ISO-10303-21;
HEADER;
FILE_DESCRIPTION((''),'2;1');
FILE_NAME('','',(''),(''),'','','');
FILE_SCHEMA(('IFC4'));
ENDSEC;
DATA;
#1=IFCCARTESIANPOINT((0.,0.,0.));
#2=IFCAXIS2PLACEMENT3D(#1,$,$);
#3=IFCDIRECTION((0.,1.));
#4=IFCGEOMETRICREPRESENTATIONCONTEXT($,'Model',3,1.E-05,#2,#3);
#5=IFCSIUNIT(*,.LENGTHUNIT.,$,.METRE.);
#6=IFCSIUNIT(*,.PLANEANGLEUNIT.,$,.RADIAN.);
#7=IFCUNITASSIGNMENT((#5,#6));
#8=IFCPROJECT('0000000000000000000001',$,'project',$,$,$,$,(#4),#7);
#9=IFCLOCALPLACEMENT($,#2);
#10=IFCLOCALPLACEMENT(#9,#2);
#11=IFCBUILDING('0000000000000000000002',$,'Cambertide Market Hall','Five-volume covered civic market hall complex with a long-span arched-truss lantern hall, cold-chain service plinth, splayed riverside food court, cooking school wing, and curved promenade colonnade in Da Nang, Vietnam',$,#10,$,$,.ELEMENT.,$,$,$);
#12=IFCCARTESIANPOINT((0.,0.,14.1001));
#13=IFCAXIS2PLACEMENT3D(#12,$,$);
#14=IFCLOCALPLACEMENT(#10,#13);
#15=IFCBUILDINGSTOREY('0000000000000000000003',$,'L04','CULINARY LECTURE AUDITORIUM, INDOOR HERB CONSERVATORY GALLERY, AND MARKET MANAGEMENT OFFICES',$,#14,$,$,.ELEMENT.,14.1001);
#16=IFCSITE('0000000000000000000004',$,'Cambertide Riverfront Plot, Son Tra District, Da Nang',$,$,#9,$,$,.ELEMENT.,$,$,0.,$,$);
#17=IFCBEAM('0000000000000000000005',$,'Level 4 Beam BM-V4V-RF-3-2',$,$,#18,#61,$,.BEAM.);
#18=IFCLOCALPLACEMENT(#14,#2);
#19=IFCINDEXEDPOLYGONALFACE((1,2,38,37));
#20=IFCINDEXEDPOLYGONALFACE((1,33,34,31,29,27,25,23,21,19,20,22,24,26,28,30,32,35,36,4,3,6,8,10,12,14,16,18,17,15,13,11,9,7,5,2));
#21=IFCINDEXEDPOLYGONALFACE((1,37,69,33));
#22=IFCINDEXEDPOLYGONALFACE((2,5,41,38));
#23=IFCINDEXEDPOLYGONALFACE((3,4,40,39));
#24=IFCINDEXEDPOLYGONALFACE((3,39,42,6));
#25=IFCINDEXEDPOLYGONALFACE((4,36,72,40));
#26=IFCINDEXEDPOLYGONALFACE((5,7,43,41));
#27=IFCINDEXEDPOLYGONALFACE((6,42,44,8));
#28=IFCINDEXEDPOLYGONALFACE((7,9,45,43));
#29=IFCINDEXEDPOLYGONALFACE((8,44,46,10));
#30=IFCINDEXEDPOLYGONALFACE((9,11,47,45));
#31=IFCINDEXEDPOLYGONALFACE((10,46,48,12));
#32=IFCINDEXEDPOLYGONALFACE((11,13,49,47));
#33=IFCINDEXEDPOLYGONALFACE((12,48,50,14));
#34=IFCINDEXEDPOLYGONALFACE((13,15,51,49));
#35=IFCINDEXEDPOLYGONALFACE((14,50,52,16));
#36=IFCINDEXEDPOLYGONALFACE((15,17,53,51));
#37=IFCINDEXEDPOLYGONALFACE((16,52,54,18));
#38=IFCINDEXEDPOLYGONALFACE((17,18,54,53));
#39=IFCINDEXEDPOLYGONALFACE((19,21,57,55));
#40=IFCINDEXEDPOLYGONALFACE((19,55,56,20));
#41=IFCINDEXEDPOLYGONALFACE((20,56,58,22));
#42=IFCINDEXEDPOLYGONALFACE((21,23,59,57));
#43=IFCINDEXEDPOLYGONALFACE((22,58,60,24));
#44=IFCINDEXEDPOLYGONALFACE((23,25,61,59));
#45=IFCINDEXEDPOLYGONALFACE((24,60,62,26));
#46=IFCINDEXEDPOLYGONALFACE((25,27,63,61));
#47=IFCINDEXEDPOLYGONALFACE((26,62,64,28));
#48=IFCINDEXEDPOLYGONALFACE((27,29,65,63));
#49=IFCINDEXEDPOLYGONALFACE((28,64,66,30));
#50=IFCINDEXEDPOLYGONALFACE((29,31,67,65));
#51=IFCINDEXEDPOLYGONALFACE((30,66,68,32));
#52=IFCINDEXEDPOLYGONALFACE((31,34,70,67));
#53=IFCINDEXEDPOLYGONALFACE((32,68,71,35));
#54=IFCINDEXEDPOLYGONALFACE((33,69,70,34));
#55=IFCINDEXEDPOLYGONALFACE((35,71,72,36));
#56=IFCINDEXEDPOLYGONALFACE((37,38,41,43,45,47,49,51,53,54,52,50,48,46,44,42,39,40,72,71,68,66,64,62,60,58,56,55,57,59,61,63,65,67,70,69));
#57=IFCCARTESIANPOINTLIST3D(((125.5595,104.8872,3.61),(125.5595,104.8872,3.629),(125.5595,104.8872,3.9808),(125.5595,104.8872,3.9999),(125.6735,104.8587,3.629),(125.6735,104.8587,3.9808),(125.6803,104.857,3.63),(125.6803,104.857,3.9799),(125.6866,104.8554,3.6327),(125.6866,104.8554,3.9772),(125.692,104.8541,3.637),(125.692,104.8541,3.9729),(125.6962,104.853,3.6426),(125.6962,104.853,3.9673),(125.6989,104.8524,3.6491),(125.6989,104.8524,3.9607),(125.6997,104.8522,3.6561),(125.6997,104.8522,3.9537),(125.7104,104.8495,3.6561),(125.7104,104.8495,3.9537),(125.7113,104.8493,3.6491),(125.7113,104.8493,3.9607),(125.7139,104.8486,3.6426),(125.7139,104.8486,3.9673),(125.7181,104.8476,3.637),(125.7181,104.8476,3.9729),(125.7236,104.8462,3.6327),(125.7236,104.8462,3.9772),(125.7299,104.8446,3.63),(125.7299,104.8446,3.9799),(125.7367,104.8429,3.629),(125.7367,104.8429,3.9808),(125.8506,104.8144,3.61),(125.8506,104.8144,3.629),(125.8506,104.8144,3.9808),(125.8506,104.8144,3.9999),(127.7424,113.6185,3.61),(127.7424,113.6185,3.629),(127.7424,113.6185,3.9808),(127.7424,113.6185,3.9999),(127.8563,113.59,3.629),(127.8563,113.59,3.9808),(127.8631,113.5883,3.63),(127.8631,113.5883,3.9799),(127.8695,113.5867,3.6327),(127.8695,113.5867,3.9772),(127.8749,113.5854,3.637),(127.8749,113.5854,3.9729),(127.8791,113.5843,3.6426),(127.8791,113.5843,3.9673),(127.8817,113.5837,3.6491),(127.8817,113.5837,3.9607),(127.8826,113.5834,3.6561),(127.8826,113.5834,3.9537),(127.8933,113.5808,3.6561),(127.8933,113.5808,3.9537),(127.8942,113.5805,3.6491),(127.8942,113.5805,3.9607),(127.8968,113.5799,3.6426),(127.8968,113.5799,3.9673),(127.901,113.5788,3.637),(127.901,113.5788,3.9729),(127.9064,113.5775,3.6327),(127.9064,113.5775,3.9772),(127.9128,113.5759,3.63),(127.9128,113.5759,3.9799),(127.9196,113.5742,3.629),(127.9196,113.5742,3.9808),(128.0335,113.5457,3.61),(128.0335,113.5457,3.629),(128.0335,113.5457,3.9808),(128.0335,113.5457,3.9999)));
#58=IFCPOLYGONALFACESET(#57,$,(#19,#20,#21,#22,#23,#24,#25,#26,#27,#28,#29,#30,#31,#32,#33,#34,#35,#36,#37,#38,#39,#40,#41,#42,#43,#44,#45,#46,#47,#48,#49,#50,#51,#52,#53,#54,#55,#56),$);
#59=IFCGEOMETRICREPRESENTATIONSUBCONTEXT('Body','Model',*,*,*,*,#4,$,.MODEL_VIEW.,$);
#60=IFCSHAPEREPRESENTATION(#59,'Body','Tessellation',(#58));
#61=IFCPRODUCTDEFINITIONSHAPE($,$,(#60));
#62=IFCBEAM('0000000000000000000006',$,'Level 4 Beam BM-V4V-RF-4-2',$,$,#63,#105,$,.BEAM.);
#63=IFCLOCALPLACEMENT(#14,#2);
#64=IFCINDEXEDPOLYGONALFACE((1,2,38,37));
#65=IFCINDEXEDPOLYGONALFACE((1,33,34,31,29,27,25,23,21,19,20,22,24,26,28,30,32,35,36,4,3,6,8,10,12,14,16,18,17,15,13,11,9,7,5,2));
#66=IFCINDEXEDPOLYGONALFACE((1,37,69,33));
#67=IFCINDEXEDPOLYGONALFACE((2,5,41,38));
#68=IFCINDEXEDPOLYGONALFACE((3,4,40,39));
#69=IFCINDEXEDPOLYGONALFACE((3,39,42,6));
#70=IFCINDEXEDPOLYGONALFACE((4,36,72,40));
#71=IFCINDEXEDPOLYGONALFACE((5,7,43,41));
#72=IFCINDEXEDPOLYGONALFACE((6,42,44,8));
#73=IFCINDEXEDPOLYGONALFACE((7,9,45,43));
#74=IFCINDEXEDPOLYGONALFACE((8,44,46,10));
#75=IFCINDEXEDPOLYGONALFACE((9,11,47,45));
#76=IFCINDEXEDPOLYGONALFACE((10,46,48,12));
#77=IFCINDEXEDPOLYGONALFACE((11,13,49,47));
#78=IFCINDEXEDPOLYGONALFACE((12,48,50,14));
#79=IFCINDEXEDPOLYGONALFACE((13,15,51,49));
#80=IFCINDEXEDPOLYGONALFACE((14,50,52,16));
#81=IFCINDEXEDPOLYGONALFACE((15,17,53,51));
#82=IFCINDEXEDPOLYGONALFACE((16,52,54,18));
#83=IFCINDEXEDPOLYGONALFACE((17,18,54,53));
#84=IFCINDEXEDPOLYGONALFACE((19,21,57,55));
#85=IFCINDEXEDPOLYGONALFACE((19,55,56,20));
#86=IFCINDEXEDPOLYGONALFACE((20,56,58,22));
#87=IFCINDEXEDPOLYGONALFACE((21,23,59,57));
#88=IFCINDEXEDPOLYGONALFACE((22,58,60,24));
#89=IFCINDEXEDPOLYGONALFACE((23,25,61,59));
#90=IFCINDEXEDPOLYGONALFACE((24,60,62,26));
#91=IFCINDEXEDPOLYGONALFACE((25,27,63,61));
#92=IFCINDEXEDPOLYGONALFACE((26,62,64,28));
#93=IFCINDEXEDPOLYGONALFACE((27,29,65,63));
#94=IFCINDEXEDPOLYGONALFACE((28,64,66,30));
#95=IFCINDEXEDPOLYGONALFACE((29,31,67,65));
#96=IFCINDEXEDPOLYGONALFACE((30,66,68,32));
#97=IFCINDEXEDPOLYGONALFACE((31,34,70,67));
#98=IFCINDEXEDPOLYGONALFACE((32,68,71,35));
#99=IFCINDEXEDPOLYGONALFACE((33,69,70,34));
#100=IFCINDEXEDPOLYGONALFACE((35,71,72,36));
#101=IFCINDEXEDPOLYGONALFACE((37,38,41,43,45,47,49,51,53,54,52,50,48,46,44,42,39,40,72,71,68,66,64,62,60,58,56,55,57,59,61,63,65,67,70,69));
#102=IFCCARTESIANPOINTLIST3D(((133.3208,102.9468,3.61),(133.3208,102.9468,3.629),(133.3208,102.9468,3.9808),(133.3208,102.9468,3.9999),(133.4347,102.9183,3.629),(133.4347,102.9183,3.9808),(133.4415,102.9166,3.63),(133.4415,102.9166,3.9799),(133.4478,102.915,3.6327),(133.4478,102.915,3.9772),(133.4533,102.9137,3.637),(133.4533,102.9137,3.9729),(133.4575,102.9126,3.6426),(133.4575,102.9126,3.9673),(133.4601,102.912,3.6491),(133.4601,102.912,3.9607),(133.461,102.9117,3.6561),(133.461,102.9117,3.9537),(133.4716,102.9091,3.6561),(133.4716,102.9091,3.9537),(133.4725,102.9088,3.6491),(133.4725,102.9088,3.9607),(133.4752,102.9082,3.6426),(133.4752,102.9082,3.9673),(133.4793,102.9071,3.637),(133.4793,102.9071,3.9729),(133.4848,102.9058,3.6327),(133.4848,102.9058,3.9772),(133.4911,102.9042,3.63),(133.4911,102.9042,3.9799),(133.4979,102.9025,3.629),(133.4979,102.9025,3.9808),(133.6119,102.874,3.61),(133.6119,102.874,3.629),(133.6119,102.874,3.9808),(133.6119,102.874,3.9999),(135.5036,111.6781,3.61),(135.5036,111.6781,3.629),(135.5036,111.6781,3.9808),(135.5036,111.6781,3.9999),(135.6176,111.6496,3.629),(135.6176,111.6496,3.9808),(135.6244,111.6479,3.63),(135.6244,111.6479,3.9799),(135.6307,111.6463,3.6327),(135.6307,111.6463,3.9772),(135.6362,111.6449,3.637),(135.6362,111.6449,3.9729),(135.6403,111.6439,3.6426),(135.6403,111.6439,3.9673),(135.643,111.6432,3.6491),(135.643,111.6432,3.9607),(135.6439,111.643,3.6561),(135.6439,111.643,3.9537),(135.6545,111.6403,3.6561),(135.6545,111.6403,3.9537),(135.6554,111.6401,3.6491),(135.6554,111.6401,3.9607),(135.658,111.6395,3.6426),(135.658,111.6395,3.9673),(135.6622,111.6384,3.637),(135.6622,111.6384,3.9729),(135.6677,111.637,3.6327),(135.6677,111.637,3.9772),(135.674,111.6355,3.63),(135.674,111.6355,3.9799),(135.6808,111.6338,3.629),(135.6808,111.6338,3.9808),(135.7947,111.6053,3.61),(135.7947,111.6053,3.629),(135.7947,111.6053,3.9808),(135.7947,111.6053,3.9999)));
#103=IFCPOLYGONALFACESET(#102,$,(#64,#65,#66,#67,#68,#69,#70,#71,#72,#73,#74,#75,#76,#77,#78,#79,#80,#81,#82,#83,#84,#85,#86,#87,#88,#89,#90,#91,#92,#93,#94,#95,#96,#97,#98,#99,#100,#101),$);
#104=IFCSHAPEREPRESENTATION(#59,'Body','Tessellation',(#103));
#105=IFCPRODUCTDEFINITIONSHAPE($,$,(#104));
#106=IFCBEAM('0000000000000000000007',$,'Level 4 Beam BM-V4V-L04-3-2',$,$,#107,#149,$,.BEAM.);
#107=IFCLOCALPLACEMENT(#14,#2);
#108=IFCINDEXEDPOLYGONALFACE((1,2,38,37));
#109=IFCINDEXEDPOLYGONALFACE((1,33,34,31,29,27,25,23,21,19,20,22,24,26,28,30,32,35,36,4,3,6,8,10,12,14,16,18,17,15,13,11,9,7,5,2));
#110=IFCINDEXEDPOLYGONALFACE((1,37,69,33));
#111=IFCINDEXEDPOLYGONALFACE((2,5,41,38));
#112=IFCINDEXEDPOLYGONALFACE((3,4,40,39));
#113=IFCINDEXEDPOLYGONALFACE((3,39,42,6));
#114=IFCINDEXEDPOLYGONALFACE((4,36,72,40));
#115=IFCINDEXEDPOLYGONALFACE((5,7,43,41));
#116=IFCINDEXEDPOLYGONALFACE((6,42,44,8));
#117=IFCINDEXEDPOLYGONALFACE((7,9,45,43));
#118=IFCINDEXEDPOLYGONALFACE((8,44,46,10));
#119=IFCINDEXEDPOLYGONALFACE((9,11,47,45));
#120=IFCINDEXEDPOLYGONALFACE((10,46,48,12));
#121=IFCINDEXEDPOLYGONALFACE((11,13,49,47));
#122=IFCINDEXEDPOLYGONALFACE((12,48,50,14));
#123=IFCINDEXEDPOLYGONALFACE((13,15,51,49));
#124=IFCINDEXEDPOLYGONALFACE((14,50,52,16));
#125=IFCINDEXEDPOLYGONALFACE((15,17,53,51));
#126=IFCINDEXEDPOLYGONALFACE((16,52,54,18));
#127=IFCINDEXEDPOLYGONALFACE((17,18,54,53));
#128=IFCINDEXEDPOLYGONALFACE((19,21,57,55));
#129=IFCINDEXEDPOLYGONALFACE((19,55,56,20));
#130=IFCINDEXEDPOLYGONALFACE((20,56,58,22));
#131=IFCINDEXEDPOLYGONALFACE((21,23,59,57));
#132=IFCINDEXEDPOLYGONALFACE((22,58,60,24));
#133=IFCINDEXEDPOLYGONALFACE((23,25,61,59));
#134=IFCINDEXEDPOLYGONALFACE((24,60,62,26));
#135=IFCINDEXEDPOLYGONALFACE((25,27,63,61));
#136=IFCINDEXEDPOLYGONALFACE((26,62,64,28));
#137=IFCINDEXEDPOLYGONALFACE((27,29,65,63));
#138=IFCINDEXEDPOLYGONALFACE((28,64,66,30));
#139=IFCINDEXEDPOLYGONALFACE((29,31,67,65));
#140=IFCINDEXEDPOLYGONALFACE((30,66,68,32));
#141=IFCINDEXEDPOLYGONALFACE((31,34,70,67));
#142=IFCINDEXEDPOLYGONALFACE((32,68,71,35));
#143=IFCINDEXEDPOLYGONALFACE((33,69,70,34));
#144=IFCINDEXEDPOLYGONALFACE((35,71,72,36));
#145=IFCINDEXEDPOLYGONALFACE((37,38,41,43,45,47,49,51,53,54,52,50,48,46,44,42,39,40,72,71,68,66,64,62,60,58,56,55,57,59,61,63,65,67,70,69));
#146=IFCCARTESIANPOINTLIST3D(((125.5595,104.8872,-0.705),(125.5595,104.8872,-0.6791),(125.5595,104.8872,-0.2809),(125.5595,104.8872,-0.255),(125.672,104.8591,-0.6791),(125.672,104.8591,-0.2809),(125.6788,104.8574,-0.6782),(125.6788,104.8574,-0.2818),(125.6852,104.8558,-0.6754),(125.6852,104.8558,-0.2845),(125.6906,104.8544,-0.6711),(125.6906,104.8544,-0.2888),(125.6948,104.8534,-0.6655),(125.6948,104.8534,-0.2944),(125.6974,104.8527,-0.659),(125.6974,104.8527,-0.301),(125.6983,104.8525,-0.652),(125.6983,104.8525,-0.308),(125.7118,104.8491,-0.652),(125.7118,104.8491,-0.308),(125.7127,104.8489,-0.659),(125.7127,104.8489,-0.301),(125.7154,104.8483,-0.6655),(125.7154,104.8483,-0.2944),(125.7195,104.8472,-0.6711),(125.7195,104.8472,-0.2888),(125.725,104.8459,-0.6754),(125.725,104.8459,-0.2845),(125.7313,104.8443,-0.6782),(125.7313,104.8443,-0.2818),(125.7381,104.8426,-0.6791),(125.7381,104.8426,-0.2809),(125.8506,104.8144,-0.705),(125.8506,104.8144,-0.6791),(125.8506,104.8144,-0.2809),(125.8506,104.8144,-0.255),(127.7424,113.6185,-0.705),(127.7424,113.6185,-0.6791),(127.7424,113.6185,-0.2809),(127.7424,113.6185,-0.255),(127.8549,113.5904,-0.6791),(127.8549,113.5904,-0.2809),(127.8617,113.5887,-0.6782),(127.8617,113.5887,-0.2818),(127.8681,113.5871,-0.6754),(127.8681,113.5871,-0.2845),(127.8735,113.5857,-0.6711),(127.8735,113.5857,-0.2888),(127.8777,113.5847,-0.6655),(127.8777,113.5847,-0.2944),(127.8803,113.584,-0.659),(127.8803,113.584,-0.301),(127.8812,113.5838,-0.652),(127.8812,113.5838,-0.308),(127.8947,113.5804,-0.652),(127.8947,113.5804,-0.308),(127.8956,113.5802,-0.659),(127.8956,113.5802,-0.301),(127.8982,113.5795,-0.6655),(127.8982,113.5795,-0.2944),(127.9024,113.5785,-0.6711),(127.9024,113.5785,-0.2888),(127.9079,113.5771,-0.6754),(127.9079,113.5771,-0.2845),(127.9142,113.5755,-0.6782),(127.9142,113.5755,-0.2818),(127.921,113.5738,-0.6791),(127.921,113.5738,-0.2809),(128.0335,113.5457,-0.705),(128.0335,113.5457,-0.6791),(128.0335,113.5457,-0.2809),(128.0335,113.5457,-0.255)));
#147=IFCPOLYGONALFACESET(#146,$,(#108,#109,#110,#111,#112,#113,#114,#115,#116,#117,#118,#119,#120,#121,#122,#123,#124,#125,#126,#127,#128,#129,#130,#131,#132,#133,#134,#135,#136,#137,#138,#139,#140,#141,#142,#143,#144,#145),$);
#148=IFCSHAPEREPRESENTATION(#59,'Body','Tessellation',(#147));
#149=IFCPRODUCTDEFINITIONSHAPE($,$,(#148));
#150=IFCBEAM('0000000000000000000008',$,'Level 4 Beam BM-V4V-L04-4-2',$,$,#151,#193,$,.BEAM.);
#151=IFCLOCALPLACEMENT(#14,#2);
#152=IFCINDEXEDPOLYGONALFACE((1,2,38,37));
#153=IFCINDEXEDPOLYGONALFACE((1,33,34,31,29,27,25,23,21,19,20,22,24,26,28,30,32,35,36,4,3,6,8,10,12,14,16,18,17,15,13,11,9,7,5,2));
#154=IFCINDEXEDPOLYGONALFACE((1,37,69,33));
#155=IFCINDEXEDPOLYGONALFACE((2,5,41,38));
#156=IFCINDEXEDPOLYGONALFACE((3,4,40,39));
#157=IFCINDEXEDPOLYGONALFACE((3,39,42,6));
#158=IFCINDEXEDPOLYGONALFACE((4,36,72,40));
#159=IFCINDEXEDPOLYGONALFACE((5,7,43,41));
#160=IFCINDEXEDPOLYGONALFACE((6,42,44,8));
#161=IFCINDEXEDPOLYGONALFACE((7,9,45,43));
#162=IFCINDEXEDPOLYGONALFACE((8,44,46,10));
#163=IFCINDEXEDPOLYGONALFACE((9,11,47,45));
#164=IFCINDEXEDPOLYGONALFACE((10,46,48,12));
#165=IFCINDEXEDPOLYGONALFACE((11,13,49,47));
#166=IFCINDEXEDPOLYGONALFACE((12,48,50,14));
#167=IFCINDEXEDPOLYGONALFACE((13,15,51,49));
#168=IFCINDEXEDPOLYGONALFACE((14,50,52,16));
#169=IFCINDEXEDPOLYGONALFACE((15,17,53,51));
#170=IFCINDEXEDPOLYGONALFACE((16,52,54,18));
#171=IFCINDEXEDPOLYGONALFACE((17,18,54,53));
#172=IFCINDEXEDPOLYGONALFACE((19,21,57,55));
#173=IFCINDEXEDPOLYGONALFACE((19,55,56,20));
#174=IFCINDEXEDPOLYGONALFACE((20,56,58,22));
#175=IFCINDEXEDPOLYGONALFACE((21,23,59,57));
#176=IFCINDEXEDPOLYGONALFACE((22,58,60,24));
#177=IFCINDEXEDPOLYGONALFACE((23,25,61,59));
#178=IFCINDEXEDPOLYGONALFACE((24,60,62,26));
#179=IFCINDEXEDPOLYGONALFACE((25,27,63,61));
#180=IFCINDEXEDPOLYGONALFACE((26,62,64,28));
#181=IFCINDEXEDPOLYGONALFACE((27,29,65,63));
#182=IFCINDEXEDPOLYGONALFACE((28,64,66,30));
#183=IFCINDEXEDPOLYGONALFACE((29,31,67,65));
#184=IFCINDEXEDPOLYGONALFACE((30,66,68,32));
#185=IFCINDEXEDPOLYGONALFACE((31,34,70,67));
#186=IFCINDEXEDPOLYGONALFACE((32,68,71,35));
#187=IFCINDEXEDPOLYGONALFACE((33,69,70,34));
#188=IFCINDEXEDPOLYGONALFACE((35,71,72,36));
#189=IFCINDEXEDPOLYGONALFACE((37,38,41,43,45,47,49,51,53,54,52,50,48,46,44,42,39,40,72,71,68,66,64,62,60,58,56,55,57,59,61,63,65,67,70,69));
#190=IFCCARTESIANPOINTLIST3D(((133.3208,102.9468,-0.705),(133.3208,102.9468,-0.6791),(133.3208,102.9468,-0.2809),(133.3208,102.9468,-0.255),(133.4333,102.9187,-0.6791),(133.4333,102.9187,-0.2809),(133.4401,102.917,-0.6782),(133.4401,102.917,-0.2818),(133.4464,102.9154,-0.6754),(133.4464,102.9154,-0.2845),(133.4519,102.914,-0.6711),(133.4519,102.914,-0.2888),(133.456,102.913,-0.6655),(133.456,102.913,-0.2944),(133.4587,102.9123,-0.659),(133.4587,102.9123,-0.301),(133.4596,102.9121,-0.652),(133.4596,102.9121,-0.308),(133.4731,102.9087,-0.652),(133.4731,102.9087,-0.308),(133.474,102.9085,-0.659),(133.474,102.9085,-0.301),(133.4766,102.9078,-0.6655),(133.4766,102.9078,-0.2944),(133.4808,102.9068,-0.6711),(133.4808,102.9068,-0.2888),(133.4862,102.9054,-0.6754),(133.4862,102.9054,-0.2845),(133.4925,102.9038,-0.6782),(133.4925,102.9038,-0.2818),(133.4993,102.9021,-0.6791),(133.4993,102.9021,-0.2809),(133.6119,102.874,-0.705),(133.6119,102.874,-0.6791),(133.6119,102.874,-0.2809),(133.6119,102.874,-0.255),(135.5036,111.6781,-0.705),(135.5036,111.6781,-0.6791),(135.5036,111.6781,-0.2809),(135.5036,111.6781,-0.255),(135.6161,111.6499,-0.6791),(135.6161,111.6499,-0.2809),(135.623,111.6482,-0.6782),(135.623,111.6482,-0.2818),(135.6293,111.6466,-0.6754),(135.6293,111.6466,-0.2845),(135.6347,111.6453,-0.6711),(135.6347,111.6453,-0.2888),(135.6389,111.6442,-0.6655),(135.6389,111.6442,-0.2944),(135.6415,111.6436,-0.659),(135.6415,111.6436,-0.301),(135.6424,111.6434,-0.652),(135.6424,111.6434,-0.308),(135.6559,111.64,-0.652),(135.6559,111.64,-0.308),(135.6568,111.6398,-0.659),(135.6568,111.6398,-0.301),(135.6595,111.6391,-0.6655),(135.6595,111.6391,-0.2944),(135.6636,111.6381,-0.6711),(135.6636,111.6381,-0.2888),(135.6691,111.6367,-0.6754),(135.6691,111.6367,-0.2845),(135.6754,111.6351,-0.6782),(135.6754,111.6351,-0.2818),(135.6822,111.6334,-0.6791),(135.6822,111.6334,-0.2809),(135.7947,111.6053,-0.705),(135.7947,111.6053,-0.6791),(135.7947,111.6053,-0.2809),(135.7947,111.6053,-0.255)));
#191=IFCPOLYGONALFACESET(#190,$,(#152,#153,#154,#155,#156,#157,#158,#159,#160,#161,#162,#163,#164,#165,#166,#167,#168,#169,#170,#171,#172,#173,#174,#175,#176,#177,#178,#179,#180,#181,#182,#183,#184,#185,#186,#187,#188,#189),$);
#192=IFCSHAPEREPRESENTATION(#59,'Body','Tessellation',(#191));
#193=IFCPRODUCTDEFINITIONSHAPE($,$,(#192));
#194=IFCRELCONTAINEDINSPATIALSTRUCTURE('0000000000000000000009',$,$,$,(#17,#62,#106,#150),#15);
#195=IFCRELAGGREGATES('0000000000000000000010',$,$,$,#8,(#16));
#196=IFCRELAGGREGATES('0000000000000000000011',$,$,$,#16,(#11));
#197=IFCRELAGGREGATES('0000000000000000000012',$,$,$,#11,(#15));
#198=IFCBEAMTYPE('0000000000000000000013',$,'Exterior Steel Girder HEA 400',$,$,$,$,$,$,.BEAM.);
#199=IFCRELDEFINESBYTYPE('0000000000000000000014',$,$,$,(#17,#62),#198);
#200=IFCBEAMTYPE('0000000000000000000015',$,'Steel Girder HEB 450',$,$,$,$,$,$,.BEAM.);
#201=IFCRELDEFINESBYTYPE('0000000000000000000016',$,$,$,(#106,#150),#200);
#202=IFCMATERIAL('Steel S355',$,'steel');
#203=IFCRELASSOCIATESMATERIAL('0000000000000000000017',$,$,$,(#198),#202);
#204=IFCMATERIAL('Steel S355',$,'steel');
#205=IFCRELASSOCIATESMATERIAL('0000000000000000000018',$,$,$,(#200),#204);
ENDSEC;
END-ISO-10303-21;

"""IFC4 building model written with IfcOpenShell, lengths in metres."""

from ifc_helpers import new_model, si_unit, direction, frame, origin, origin_2d, place, context, subcontext, project, spatial, i_section, extrude, material, material_profile, profile_set, type_object, element, save


model = new_model("IFC4")

# Units and contexts
model_context = context("Model", 3, precision=1e-05, world=origin(), true_north=direction((0.0, 1.0)))
body_context = subcontext(model_context, "Body", "Model", "MODEL_VIEW")
ifc_project = project(units=[si_unit("LENGTHUNIT", "METRE"), si_unit("PLANEANGLEUNIT", "RADIAN")], contexts=[model_context])

# Site, building, storey
site_placement = place(None, origin())
site = spatial("IfcSite", under=ifc_project, at=site_placement, Name="Cambertide Riverfront Plot, Son Tra District, Da Nang", CompositionType="ELEMENT", RefElevation=0.0)
building_placement = place(site_placement, origin())
building = spatial("IfcBuilding", under=site, at=building_placement, Name="Cambertide Market Hall", Description="Five-volume covered civic market hall complex with a long-span arched-truss lantern hall, cold-chain service plinth, splayed riverside food court, cooking school wing, and curved promenade colonnade in Da Nang, Vietnam", CompositionType="ELEMENT")
storey_placement = place(building_placement, frame((0.0, 0.0, 14.1001)))
storey = spatial("IfcBuildingStorey", under=building, at=storey_placement, Name="L04", Description="CULINARY LECTURE AUDITORIUM, INDOOR HERB CONSERVATORY GALLERY, AND MARKET MANAGEMENT OFFICES", CompositionType="ELEMENT", Elevation=14.1001)

# Beams
ifc_material_1 = material(Name="Steel S355", Category="steel")
ifc_material_profile_1 = material_profile(ifc_material_1, i_section(OverallWidth=0.3, OverallDepth=0.3899, WebThickness=0.011, FlangeThickness=0.019, FilletRadius=0.0271, at=origin_2d()), Name="HEA 400")
ifc_profile_set_1 = profile_set([ifc_material_profile_1], Name="Steel S355")
beam_type_1 = type_object("IfcBeamType", Name="Exterior Steel Girder HEA 400", PredefinedType="BEAM", material=ifc_profile_set_1)
for number, where, z_axis, x_axis, name in (
    (1, (125.7051, 104.8508, 3.8049), (0.242542, 0.970141, 0.0), (-0.970141, 0.242542, 0.0), "Level 4 Beam BM-V4V-RF-3-2"),
    (2, (133.4663, 102.9104, 3.8049), (0.242542, 0.970141, 0.0), (-0.970141, 0.242542, 0.0), "Level 4 Beam BM-V4V-RF-4-2"),
):
    element("IfcBeam", number, at=place(storey_placement, frame(where, z_axis=z_axis, x_axis=x_axis)), inside=storey, type_object=beam_type_1, Name=name, PredefinedType="BEAM", context=body_context, shape_type="SweptSolid", body=[
        extrude(i_section(OverallWidth=0.3, OverallDepth=0.3899, WebThickness=0.011, FlangeThickness=0.019, FilletRadius=0.0271, at=origin_2d()), origin(), (0.0, 0.0, 1.0), 9.0),
    ])
ifc_material_2 = material(Name="Steel S355", Category="steel")
ifc_material_profile_2 = material_profile(ifc_material_2, i_section(OverallWidth=0.3, OverallDepth=0.45, WebThickness=0.0139, FlangeThickness=0.0259, FilletRadius=0.0271, at=origin_2d()), Name="HEB 450")
ifc_profile_set_2 = profile_set([ifc_material_profile_2], Name="Steel S355")
beam_type_2 = type_object("IfcBeamType", Name="Steel Girder HEB 450", PredefinedType="BEAM", material=ifc_profile_set_2)
for number, where, z_axis, x_axis, name in (
    (3, (125.7051, 104.8508, -0.48), (0.242542, 0.970141, 0.0), (-0.970141, 0.242542, 0.0), "Level 4 Beam BM-V4V-L04-3-2"),
    (4, (133.4663, 102.9104, -0.48), (0.242542, 0.970141, 0.0), (-0.970141, 0.242542, 0.0), "Level 4 Beam BM-V4V-L04-4-2"),
):
    element("IfcBeam", number, at=place(storey_placement, frame(where, z_axis=z_axis, x_axis=x_axis)), inside=storey, type_object=beam_type_2, Name=name, PredefinedType="BEAM", context=body_context, shape_type="SweptSolid", body=[
        extrude(i_section(OverallWidth=0.3, OverallDepth=0.45, WebThickness=0.0139, FlangeThickness=0.0259, FilletRadius=0.0271, at=origin_2d()), origin(), (0.0, 0.0, 1.0), 9.0),
    ])

save(model, "model.ifc")
